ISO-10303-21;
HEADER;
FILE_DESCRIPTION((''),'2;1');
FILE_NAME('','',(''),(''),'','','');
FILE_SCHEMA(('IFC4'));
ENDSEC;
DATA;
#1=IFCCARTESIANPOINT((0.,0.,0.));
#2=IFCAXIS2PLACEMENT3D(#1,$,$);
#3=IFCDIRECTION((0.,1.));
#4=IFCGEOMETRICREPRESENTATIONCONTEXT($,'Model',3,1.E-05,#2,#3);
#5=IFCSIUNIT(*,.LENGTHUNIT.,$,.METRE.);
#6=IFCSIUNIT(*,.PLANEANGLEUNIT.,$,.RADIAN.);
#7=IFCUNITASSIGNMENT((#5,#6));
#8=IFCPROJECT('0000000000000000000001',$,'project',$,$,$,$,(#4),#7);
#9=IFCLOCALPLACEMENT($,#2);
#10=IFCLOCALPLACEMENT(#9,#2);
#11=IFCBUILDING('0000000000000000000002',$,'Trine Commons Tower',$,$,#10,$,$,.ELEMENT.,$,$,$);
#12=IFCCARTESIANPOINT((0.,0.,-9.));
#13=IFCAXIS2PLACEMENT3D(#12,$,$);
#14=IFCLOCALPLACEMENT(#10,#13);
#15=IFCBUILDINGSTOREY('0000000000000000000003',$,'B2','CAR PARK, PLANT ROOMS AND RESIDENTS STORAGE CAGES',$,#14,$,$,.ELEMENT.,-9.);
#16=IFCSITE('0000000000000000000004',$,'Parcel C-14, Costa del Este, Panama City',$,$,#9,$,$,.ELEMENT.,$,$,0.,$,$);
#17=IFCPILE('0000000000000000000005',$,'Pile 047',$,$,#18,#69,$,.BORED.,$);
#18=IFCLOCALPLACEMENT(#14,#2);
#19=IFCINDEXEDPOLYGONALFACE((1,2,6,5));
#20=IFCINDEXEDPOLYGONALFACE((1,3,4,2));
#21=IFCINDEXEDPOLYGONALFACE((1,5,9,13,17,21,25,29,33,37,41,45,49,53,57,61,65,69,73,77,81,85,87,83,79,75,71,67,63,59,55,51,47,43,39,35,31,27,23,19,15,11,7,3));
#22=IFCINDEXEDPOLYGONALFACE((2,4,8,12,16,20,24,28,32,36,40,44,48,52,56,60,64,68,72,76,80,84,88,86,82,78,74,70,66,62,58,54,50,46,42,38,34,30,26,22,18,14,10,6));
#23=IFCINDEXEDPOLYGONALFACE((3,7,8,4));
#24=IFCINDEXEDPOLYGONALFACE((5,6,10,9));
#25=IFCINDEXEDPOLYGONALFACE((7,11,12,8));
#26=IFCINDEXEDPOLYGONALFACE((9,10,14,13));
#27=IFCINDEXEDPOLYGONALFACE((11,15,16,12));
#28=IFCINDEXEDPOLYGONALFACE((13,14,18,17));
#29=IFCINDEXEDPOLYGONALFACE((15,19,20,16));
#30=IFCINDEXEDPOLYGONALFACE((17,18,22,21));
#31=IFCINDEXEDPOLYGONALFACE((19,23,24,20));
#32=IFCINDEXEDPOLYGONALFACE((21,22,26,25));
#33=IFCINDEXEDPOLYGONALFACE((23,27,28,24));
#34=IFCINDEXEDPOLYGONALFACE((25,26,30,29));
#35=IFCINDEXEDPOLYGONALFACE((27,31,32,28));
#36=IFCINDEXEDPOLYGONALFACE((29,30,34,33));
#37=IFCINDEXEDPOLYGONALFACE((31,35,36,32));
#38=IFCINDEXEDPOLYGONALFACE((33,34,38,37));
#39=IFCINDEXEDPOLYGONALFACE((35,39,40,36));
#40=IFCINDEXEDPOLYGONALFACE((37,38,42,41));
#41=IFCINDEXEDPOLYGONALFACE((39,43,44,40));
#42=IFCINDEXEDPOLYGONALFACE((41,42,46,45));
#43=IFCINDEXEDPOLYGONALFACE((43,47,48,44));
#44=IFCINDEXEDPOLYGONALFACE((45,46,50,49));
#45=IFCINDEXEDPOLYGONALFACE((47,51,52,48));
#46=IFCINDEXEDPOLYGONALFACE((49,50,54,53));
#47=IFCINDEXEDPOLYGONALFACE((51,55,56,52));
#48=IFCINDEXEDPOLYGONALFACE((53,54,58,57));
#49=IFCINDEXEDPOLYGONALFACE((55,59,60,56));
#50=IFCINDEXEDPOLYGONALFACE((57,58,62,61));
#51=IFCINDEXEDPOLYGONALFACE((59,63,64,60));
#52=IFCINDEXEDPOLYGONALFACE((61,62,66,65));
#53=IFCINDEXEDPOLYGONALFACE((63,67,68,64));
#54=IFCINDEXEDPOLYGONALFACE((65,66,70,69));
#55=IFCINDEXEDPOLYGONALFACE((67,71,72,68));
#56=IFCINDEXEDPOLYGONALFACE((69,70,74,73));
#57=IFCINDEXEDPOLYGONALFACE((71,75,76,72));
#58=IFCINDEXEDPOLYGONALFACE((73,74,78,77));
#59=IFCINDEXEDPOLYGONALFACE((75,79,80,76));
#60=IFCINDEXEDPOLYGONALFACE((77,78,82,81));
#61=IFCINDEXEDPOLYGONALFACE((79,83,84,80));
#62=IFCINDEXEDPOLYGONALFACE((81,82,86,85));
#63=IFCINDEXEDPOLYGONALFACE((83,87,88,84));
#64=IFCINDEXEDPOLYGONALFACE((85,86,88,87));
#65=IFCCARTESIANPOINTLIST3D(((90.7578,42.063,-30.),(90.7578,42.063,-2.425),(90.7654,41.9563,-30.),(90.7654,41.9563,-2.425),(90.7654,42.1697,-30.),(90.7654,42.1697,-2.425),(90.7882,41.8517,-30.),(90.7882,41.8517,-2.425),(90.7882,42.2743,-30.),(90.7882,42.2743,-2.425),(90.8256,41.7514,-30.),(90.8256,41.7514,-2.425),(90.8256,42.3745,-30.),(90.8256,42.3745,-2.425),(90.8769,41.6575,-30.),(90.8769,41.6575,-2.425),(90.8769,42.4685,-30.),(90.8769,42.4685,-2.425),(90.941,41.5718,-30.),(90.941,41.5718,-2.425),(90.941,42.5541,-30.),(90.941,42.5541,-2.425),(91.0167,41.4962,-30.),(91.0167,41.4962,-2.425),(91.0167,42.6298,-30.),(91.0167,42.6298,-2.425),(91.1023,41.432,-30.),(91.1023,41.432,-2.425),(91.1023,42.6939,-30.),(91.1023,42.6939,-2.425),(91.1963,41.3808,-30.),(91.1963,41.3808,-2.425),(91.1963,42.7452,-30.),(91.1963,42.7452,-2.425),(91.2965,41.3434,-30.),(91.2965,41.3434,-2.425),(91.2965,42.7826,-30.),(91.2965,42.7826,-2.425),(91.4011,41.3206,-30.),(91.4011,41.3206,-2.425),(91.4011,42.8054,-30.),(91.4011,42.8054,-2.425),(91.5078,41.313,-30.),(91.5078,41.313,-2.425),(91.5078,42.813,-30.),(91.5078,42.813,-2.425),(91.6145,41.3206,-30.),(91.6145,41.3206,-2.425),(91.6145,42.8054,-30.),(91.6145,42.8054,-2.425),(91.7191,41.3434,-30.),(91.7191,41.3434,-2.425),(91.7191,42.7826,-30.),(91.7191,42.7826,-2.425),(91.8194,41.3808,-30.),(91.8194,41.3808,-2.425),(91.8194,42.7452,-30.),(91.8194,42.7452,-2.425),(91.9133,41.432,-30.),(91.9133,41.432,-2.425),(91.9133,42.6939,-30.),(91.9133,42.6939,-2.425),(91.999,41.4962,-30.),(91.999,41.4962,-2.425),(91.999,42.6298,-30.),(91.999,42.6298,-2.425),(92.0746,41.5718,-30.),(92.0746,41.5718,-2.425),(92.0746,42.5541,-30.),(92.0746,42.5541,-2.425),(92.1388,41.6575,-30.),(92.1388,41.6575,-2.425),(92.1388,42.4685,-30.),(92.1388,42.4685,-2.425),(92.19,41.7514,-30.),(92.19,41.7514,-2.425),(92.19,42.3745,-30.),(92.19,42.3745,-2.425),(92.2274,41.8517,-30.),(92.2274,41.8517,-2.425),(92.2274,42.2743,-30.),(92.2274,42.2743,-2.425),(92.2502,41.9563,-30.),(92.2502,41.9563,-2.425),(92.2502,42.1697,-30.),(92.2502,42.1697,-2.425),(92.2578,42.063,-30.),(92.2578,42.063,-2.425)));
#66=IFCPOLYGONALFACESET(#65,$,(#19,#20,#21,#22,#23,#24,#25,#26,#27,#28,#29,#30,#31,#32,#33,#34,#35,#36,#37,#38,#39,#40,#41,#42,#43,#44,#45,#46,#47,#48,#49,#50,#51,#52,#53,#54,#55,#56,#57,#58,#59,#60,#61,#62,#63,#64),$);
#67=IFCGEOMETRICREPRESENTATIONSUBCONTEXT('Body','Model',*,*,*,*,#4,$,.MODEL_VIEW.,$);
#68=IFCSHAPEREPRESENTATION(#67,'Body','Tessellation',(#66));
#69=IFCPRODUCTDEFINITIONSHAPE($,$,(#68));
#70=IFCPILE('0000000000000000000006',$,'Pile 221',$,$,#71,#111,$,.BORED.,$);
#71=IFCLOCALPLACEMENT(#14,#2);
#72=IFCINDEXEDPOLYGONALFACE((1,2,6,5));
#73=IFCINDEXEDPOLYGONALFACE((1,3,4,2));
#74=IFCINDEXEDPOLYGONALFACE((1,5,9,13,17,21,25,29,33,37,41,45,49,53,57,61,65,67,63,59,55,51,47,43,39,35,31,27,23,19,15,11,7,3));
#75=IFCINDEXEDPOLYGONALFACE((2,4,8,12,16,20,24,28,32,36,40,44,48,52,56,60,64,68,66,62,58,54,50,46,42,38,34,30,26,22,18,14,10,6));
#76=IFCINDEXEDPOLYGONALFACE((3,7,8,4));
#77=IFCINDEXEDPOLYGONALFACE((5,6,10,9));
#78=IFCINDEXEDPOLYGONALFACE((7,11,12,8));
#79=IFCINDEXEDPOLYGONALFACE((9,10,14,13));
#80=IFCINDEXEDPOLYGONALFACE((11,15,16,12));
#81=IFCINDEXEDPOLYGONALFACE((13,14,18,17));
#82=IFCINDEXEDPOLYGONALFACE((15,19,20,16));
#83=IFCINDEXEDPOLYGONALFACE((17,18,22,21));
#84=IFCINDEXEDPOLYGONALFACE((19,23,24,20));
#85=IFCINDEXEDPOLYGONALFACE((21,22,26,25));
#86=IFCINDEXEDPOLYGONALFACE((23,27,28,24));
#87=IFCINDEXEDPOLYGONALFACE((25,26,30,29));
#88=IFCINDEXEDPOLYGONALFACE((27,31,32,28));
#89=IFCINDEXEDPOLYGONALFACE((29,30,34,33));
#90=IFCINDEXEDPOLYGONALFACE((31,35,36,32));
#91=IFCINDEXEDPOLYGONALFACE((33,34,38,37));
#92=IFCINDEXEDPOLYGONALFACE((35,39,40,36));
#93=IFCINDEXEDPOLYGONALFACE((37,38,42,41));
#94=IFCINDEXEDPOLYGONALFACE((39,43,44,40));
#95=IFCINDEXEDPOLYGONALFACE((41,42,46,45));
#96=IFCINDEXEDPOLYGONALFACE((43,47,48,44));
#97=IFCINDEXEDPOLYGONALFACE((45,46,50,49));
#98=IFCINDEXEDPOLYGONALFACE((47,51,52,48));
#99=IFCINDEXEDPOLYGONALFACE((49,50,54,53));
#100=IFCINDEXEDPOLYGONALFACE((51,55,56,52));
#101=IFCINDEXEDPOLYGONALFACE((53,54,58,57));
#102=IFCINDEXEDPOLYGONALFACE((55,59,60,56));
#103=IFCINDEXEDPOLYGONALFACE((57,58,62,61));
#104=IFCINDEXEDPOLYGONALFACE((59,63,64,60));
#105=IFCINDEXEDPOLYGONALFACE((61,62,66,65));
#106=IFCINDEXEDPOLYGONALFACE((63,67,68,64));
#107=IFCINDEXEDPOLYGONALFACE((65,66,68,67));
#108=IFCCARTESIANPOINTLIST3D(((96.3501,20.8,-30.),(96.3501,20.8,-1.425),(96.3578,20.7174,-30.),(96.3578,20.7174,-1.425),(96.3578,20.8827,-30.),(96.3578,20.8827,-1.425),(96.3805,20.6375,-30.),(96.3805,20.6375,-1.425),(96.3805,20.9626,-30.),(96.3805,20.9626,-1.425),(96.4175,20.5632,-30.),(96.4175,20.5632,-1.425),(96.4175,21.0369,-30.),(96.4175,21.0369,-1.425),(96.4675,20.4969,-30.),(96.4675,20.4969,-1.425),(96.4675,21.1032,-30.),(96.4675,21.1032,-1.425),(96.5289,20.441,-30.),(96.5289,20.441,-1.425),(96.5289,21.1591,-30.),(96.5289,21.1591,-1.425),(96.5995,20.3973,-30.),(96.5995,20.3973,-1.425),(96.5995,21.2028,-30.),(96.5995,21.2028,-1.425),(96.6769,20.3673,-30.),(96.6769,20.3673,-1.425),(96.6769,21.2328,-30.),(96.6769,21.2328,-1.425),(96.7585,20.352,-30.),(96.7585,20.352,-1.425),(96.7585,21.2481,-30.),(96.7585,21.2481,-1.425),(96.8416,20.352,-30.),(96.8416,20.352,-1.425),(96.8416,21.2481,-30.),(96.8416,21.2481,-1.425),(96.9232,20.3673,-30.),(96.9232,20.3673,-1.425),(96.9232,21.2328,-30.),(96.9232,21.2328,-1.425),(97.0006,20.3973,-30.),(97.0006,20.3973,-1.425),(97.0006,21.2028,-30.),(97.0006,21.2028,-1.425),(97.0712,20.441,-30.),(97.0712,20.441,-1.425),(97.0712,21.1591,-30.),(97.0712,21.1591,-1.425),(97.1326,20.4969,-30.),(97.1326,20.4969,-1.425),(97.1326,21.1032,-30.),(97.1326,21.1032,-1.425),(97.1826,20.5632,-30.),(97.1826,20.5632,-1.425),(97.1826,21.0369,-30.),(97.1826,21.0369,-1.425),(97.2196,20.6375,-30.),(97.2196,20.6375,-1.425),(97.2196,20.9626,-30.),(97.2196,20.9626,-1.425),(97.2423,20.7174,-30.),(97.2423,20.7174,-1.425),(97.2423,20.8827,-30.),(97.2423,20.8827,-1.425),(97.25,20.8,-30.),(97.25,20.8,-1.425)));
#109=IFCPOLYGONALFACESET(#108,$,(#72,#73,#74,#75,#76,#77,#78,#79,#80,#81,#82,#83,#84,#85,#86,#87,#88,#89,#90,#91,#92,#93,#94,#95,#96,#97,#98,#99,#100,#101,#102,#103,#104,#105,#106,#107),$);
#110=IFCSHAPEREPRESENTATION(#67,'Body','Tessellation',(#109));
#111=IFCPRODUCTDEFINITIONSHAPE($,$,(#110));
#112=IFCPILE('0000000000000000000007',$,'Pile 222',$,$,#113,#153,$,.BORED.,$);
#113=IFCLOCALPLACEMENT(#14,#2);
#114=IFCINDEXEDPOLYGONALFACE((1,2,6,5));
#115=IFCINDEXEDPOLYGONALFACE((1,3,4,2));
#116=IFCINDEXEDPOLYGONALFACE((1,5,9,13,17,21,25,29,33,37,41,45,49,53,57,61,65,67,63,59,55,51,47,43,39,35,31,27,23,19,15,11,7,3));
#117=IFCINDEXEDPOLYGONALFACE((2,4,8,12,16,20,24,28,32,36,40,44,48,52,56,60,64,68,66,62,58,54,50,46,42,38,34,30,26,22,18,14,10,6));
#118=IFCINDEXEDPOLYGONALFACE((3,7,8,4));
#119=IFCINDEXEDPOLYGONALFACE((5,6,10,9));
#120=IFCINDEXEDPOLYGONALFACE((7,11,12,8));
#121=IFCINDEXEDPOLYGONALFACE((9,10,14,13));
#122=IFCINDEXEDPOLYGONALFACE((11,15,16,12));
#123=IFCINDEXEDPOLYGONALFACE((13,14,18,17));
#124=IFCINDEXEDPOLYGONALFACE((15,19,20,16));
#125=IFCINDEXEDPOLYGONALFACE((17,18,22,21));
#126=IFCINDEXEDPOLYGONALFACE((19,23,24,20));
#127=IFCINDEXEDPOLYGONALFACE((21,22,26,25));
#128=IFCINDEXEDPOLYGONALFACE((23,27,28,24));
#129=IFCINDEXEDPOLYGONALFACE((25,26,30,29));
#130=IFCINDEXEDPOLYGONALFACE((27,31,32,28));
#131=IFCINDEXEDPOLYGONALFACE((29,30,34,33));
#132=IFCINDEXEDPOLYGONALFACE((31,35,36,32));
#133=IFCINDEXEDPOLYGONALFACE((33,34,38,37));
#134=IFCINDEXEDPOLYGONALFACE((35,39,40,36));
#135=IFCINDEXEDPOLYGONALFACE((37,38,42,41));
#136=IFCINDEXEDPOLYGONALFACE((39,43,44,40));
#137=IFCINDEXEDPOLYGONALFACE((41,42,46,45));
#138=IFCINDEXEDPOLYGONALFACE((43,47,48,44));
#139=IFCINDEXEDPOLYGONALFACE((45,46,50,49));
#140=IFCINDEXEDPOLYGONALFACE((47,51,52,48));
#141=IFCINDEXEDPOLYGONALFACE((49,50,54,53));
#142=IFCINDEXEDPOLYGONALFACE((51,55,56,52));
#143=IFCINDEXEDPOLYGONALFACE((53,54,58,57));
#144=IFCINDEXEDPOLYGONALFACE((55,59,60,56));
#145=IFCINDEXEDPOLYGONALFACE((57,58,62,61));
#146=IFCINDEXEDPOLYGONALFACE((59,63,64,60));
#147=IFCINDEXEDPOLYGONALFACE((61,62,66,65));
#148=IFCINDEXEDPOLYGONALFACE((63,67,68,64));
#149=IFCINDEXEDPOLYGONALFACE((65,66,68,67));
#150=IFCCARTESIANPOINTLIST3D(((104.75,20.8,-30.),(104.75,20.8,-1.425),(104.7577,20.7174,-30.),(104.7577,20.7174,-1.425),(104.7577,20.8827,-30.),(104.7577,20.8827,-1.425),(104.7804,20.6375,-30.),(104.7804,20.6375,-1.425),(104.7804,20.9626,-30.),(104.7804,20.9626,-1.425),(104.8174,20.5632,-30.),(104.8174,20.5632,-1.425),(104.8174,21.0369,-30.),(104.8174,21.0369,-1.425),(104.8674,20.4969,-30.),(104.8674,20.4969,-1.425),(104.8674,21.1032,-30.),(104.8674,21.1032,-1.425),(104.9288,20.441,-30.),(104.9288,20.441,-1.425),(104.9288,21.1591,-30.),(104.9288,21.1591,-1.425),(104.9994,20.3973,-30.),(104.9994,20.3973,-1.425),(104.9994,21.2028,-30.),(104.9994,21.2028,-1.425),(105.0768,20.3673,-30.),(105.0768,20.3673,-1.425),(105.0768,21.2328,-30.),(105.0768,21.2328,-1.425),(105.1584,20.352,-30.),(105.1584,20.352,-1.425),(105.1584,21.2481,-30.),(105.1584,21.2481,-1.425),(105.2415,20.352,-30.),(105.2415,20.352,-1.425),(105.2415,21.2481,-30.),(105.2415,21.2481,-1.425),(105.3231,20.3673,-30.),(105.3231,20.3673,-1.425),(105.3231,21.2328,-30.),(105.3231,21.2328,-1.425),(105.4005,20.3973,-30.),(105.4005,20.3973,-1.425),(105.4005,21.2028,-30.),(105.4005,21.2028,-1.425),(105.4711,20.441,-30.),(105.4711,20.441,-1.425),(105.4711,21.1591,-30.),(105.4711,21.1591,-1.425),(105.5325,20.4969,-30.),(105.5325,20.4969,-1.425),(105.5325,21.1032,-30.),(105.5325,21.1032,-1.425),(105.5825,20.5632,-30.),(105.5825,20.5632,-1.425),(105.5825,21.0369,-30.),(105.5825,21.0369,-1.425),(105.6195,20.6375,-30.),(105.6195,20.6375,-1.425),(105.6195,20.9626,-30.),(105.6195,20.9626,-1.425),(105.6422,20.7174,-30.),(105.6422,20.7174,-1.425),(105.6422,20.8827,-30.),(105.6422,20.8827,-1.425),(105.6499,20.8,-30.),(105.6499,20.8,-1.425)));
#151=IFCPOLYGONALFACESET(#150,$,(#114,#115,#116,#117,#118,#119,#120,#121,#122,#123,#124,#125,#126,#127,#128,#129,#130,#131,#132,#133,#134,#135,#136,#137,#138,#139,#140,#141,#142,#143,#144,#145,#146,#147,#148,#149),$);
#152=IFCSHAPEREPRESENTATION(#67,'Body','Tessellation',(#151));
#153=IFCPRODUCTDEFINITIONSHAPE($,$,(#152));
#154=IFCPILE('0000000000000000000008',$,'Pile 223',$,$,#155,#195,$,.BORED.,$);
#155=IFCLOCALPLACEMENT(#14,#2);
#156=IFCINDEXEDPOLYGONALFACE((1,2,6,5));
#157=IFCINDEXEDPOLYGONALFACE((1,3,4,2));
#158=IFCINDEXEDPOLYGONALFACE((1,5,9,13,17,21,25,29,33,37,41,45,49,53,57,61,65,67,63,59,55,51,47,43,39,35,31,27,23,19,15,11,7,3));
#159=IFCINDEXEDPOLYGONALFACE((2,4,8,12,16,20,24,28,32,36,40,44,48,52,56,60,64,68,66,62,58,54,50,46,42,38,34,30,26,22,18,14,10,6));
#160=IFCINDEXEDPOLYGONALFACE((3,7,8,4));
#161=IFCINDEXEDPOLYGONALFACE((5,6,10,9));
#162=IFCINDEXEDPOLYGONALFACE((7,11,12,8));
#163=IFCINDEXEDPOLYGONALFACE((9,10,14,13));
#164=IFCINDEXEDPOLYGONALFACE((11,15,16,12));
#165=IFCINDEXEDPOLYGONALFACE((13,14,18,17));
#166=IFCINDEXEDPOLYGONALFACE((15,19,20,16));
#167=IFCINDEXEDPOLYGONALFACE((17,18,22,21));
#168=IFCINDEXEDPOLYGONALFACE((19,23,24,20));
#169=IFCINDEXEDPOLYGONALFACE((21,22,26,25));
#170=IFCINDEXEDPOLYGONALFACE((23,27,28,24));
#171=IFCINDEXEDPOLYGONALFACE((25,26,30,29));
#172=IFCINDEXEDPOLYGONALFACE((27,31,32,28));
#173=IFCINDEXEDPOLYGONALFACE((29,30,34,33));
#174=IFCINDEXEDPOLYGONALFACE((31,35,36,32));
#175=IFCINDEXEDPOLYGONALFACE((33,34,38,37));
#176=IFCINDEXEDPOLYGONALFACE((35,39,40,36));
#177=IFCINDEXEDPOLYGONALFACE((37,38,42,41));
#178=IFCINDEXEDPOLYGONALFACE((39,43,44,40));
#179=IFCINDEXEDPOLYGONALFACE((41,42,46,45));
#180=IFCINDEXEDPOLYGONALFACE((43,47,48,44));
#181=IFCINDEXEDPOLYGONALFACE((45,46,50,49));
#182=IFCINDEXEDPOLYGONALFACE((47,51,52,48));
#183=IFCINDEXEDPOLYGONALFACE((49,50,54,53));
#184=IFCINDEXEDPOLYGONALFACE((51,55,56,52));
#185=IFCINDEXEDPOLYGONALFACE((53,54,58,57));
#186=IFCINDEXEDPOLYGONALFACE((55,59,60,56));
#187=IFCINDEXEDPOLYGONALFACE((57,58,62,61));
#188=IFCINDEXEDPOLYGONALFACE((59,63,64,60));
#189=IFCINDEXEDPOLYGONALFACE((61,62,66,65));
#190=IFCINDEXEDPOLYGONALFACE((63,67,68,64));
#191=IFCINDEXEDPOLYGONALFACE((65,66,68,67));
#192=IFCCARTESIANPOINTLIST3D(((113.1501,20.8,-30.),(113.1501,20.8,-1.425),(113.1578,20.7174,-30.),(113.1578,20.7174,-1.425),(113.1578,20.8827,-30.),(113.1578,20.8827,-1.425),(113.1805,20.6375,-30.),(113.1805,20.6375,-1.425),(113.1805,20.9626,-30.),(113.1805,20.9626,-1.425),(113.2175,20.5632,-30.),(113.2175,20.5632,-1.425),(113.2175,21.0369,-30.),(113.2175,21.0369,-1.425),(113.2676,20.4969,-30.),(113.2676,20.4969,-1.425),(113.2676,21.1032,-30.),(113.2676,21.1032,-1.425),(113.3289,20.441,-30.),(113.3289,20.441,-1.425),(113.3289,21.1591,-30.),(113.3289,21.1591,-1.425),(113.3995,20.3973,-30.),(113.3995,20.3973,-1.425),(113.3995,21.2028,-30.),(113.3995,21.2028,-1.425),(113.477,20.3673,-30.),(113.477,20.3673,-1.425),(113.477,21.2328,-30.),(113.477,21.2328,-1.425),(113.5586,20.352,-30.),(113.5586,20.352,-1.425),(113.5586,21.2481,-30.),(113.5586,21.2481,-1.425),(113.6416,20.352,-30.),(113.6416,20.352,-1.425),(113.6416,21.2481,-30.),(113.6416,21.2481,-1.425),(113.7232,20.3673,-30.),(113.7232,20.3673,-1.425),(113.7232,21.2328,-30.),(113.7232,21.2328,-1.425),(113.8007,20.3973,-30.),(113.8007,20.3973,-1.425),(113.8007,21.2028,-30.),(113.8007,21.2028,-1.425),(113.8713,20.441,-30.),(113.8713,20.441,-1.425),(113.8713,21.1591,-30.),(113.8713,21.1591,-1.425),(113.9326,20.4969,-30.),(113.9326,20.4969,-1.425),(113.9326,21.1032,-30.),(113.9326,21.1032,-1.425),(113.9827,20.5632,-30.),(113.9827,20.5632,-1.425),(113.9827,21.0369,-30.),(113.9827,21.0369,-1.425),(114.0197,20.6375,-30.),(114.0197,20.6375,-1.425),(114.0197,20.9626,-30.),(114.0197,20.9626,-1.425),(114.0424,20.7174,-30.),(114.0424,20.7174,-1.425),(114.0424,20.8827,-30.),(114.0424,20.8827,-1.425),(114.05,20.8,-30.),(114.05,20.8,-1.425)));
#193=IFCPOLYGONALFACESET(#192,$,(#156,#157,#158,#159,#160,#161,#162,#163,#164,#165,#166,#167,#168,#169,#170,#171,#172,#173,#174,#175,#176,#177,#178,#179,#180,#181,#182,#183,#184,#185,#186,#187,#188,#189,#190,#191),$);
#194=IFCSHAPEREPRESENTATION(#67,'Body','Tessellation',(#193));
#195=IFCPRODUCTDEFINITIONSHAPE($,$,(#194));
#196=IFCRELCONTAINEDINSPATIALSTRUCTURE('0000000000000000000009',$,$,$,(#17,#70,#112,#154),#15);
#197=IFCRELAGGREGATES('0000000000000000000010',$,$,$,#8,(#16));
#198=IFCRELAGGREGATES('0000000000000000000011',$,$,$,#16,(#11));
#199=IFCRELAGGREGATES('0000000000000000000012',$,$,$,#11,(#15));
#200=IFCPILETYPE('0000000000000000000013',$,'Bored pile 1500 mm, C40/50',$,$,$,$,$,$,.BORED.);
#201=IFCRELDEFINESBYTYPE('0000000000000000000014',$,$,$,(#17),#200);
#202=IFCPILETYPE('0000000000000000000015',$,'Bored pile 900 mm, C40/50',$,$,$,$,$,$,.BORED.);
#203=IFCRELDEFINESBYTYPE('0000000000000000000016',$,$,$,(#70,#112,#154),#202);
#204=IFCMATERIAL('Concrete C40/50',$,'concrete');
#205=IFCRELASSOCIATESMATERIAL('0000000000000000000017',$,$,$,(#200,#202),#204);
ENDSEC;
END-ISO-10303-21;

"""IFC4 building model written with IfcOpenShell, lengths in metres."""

from ifc_helpers import new_model, si_unit, direction, frame, origin, origin_2d, place, context, subcontext, project, spatial, circle, extrude, material, type_object, element, save


model = new_model("IFC4")

# Units and contexts
model_context = context("Model", 3, precision=1e-05, world=origin(), true_north=direction((0.0, 1.0)))
body_context = subcontext(model_context, "Body", "Model", "MODEL_VIEW")
ifc_project = project(units=[si_unit("LENGTHUNIT", "METRE"), si_unit("PLANEANGLEUNIT", "RADIAN")], contexts=[model_context])

# Site, building, storey
site_placement = place(None, origin())
site = spatial("IfcSite", under=ifc_project, at=site_placement, Name="Parcel C-14, Costa del Este, Panama City", CompositionType="ELEMENT", RefElevation=0.0)
building_placement = place(site_placement, origin())
building = spatial("IfcBuilding", under=site, at=building_placement, Name="Trine Commons Tower", CompositionType="ELEMENT")
storey_placement = place(building_placement, frame((0.0, 0.0, -9.0)))
storey = spatial("IfcBuildingStorey", under=building, at=storey_placement, Name="B2", Description="CAR PARK, PLANT ROOMS AND RESIDENTS STORAGE CAGES", CompositionType="ELEMENT", Elevation=-9.0)

# Piles
ifc_material_1 = material(Name="Concrete C40/50", Category="concrete")
pile_type_1 = type_object("IfcPileType", Name="Bored pile 1500 mm, C40/50", PredefinedType="BORED", material=ifc_material_1)
pile_placement = place(storey_placement, frame((91.5078, 42.063, -2.425), z_axis=(0.0, 0.0, -1.0), x_axis=(1.0, 0.0, 0.0)))
element("IfcPile", 1, at=pile_placement, inside=storey, type_object=pile_type_1, Name="Pile 047", PredefinedType="BORED", context=body_context, shape_type="SweptSolid", body=[
    extrude(circle(Radius=0.75, at=origin_2d()), origin(), (0.0, 0.0, 1.0), 27.575),
])
pile_type_2 = type_object("IfcPileType", Name="Bored pile 900 mm, C40/50", PredefinedType="BORED", material=ifc_material_1)
for number, where, z_axis, x_axis, name in (
    (2, (96.8, 20.8, -1.425), (0.0, 0.0, -1.0), (1.0, 0.0, 0.0), "Pile 221"),
    (3, (105.2, 20.8, -1.425), (0.0, 0.0, -1.0), (1.0, 0.0, 0.0), "Pile 222"),
    (4, (113.6001, 20.8, -1.425), (0.0, 0.0, -1.0), (1.0, 0.0, 0.0), "Pile 223"),
):
    element("IfcPile", number, at=place(storey_placement, frame(where, z_axis=z_axis, x_axis=x_axis)), inside=storey, type_object=pile_type_2, Name=name, PredefinedType="BORED", context=body_context, shape_type="SweptSolid", body=[
        extrude(circle(Radius=0.45, at=origin_2d()), origin(), (0.0, 0.0, 1.0), 28.575),
    ])

save(model, "model.ifc")
